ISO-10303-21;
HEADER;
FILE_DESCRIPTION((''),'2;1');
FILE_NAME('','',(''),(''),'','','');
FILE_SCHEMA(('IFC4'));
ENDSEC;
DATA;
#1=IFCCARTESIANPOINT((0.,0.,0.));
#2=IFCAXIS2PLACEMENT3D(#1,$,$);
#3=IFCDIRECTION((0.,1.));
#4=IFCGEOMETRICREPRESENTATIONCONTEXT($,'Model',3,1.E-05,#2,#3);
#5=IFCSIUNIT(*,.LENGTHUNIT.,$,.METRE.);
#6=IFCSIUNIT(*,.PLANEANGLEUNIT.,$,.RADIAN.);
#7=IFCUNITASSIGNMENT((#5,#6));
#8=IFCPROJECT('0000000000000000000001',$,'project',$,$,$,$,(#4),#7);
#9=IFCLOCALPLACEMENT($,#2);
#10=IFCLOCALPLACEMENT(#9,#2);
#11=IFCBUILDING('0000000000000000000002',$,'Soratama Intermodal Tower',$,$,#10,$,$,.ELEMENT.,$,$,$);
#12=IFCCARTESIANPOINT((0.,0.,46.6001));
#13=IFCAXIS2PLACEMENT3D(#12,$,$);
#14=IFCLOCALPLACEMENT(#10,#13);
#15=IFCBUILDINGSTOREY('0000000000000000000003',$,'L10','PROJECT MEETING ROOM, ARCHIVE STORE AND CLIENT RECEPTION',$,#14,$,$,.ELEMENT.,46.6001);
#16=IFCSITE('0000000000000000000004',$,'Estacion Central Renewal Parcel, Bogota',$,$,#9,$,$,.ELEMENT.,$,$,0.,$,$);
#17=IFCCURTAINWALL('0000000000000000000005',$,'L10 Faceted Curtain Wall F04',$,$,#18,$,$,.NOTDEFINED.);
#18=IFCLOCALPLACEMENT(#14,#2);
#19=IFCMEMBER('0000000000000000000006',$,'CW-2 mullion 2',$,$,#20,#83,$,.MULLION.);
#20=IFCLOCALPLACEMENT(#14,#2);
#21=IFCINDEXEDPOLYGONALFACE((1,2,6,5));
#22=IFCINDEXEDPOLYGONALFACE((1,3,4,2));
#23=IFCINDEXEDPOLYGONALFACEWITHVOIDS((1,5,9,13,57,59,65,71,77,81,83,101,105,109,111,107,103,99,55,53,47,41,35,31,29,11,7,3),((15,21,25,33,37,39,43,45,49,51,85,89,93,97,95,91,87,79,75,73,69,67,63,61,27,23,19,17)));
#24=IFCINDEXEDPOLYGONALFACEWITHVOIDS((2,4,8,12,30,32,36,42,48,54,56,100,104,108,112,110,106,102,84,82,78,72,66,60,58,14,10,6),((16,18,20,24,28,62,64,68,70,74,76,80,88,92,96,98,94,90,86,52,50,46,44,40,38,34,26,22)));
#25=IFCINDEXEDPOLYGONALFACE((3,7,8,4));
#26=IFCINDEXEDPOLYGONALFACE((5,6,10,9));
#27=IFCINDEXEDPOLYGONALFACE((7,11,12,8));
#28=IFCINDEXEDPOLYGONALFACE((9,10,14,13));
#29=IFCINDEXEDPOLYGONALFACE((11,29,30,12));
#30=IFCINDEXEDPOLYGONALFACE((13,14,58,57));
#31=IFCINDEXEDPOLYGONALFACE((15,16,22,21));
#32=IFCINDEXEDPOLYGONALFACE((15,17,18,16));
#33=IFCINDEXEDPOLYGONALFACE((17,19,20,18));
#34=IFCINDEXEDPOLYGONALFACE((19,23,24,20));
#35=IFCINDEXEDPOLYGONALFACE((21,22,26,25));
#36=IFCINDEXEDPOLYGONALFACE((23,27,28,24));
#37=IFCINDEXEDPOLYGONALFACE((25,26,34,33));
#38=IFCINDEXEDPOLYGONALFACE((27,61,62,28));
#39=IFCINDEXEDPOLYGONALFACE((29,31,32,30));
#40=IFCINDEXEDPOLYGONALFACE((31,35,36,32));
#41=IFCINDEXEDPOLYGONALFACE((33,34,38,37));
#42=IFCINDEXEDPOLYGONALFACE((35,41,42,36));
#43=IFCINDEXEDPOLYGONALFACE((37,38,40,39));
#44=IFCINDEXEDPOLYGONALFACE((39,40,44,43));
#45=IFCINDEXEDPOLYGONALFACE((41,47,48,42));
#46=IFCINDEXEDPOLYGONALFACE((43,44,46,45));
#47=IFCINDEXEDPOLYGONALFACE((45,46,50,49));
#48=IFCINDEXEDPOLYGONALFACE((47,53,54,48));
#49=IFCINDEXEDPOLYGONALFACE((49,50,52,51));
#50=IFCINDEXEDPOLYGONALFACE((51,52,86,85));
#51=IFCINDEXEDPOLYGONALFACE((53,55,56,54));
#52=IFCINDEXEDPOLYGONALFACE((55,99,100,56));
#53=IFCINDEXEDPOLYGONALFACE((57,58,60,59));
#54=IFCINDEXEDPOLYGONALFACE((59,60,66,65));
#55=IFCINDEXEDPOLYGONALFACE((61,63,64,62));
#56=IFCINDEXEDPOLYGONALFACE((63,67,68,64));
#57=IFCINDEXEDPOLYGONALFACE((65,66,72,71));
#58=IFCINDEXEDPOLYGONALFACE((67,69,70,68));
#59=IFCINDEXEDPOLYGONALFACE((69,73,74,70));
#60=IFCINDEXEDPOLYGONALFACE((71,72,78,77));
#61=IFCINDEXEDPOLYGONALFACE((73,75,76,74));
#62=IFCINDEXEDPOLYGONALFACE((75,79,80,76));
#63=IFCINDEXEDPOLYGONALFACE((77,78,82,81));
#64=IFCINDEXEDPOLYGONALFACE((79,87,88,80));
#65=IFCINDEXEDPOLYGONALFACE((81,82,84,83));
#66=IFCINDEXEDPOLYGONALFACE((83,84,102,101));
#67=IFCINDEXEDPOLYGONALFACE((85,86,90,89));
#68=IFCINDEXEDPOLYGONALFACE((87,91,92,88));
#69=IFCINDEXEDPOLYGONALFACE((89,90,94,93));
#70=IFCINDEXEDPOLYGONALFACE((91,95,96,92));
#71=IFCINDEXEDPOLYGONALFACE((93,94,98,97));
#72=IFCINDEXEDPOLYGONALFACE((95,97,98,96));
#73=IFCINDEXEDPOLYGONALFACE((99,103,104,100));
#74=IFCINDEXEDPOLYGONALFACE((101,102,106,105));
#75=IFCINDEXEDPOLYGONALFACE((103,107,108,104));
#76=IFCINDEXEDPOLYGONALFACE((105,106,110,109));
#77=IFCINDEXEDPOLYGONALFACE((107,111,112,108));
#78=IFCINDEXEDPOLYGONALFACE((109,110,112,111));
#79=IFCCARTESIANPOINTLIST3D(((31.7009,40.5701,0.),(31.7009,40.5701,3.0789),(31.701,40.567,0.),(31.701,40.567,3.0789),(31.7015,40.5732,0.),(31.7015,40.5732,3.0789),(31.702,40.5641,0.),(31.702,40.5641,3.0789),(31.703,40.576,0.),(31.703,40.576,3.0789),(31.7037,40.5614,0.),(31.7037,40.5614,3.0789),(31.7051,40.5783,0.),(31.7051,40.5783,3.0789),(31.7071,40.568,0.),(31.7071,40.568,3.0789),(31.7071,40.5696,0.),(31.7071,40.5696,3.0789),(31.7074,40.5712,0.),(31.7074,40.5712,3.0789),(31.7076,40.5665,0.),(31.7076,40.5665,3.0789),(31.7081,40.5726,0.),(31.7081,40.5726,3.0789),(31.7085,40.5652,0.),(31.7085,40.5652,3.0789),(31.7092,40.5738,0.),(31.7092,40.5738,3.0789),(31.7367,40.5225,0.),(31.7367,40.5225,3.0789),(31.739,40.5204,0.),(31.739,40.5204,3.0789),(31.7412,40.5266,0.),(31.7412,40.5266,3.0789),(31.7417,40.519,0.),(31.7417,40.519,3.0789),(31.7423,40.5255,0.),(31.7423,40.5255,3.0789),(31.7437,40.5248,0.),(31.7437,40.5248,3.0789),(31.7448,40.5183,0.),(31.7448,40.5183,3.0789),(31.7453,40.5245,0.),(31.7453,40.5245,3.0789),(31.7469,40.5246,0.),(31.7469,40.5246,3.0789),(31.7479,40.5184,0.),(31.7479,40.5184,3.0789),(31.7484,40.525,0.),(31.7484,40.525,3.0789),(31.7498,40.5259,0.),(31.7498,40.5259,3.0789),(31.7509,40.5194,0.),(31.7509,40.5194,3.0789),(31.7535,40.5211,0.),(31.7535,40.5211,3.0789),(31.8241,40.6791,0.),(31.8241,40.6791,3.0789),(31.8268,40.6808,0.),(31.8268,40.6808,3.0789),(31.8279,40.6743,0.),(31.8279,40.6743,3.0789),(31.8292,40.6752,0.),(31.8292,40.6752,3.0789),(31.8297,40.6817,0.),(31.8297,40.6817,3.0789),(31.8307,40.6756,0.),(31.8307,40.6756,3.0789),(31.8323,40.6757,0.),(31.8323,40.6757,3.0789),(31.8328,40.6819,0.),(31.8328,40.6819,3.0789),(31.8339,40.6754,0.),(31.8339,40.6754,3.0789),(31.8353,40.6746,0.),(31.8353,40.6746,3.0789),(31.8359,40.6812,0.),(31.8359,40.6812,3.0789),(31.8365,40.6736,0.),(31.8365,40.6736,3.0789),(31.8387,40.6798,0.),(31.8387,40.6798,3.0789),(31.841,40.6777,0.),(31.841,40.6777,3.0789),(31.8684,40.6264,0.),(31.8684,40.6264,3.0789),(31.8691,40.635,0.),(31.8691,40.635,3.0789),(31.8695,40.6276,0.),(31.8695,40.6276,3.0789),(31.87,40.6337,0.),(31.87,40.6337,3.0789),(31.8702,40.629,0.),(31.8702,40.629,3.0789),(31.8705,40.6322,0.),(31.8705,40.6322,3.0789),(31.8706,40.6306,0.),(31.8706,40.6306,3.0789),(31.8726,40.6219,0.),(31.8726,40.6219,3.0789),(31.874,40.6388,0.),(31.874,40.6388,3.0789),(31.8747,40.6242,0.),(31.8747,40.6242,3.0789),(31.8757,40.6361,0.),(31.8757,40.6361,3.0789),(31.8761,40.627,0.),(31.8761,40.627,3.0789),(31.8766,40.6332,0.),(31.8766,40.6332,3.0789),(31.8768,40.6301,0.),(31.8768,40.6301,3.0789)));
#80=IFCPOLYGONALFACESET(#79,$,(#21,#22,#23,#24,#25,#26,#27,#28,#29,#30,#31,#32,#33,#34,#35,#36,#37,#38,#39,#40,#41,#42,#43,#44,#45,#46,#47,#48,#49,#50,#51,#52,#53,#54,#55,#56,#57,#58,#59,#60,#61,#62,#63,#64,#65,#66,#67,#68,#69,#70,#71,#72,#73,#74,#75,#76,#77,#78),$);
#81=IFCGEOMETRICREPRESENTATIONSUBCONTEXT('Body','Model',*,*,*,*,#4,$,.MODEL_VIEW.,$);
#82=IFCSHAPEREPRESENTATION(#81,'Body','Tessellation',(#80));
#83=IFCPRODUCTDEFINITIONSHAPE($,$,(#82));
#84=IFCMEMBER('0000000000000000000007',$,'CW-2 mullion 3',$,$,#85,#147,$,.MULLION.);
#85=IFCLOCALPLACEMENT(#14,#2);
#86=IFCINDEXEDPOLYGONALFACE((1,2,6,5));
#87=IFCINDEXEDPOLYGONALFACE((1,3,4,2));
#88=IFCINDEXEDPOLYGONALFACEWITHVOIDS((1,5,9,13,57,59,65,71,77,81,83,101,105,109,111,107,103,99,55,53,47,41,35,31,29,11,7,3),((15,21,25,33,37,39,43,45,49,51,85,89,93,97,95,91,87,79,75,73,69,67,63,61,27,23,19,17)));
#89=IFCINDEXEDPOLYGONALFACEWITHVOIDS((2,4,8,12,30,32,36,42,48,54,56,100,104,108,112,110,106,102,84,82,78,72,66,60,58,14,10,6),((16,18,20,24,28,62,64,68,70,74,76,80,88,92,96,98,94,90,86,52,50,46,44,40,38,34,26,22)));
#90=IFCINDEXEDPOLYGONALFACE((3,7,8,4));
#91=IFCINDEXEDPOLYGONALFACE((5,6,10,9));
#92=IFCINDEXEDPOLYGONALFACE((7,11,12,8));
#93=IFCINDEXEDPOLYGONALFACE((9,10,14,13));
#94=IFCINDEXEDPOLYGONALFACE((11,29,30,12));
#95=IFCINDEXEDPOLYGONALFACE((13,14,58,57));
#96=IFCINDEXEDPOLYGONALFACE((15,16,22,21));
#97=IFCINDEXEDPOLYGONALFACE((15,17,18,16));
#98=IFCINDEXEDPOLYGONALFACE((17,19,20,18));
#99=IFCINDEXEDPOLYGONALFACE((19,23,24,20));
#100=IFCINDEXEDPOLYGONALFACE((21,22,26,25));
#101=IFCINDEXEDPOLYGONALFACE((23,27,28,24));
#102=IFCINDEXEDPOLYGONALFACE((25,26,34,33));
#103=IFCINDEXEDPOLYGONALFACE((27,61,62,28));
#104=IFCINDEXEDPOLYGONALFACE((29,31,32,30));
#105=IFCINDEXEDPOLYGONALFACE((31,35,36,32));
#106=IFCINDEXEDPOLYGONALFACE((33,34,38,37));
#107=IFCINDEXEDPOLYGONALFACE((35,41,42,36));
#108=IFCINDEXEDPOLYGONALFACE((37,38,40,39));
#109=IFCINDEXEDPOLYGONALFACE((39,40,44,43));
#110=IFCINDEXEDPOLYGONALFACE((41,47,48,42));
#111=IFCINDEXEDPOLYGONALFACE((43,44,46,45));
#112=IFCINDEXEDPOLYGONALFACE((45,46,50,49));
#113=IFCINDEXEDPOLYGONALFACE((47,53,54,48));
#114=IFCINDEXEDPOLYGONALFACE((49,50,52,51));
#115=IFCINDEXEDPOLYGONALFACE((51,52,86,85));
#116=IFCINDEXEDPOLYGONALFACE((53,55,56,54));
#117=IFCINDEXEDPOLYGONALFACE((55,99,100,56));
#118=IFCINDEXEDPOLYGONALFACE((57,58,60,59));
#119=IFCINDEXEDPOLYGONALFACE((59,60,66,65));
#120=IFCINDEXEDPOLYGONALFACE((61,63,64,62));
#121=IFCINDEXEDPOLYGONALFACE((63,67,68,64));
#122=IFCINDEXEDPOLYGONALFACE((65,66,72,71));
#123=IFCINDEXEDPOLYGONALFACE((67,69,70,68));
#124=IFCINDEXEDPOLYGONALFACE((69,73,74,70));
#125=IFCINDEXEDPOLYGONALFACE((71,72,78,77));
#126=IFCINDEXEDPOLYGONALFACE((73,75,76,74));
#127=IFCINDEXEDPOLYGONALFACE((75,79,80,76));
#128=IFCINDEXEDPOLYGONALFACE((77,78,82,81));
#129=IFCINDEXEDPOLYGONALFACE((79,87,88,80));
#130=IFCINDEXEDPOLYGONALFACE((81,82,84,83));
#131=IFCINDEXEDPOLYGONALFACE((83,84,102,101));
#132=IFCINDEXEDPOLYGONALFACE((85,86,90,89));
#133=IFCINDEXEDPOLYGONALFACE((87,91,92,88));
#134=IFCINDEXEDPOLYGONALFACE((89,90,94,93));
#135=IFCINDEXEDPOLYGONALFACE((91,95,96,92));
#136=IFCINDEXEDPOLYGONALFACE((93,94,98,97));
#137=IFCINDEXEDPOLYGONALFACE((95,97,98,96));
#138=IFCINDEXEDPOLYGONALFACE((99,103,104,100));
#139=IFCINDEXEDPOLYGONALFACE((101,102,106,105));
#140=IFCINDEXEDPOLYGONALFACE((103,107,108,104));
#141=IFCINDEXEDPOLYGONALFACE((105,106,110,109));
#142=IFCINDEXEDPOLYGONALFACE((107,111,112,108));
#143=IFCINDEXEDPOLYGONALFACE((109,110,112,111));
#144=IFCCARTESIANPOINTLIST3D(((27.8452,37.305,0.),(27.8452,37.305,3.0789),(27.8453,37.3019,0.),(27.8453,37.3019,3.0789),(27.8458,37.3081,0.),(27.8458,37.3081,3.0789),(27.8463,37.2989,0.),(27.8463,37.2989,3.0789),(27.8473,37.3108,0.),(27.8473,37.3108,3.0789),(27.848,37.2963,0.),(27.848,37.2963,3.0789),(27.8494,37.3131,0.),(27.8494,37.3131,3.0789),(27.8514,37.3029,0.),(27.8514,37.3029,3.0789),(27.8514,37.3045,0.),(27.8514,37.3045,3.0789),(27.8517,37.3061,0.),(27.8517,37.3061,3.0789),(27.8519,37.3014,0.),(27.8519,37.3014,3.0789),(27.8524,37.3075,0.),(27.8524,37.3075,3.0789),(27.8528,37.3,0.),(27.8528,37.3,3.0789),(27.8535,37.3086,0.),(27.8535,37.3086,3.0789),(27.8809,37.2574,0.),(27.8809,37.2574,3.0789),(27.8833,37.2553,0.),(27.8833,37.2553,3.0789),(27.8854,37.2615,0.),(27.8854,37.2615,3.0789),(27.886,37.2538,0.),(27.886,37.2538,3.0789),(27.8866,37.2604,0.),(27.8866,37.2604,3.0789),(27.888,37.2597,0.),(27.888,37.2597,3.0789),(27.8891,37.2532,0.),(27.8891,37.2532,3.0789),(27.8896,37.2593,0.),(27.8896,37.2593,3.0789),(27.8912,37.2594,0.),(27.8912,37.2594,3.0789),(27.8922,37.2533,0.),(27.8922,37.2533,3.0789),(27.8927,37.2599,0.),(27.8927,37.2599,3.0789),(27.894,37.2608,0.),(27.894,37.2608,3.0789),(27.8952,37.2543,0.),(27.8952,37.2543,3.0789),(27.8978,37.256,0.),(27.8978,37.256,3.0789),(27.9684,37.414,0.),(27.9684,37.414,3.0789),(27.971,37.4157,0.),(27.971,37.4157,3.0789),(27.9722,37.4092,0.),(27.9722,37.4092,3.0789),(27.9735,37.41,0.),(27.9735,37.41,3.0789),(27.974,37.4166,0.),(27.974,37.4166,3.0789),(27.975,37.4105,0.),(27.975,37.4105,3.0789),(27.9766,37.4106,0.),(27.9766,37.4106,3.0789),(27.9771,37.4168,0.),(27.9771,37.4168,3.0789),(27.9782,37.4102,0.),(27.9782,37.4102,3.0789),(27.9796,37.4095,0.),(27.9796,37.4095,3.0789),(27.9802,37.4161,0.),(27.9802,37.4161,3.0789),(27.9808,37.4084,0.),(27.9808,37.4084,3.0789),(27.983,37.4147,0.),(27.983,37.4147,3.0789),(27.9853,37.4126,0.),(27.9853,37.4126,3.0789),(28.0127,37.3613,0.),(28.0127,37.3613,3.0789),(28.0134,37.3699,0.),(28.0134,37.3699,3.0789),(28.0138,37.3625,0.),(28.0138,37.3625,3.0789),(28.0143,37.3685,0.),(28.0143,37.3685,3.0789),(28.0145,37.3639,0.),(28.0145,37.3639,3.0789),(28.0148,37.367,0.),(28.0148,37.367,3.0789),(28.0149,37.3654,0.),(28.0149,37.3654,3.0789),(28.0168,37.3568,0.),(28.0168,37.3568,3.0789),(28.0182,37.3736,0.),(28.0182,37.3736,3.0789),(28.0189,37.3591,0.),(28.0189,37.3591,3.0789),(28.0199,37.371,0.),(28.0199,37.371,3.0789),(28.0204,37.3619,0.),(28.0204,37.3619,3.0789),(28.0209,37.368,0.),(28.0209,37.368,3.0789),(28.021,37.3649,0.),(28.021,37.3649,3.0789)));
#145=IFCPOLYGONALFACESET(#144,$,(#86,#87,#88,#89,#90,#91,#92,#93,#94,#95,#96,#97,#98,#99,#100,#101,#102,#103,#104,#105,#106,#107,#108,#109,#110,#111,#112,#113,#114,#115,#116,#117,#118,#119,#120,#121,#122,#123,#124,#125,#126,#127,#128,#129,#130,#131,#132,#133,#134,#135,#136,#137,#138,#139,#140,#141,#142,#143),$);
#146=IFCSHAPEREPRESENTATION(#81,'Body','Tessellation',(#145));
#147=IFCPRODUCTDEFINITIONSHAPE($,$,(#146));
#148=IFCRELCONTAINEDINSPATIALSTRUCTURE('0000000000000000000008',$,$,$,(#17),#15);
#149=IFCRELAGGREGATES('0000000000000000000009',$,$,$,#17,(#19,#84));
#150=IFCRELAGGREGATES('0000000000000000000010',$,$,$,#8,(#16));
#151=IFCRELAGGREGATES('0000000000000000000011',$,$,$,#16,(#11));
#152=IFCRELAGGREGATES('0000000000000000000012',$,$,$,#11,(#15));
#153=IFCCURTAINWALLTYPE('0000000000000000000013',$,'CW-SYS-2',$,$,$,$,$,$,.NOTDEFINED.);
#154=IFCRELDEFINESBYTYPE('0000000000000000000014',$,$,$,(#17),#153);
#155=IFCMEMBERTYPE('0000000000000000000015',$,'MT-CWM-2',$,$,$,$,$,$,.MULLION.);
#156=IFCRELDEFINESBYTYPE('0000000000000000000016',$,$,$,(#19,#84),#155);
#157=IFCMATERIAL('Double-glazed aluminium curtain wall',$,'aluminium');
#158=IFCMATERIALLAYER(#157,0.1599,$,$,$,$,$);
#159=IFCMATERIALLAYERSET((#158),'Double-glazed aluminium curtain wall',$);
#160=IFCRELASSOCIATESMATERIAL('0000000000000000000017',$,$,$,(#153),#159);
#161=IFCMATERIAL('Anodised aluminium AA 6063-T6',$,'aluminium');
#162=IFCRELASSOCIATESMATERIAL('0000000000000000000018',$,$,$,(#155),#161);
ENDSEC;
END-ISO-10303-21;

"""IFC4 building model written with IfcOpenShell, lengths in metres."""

from ifc_helpers import new_model, si_unit, direction, frame, origin, origin_2d, place, context, subcontext, project, spatial, hollow_rectangle, extrude, material, layer, layer_set, material_profile, profile_set, type_object, element, aggregate, save


model = new_model("IFC4")

# Units and contexts
model_context = context("Model", 3, precision=1e-05, world=origin(), true_north=direction((0.0, 1.0)))
body_context = subcontext(model_context, "Body", "Model", "MODEL_VIEW")
ifc_project = project(units=[si_unit("LENGTHUNIT", "METRE"), si_unit("PLANEANGLEUNIT", "RADIAN")], contexts=[model_context])

# Site, building, storey
site_placement = place(None, origin())
site = spatial("IfcSite", under=ifc_project, at=site_placement, Name="Estacion Central Renewal Parcel, Bogota", CompositionType="ELEMENT", RefElevation=0.0)
building_placement = place(site_placement, origin())
building = spatial("IfcBuilding", under=site, at=building_placement, Name="Soratama Intermodal Tower", CompositionType="ELEMENT")
storey_placement = place(building_placement, frame((0.0, 0.0, 46.6001)))
storey = spatial("IfcBuildingStorey", under=building, at=storey_placement, Name="L10", Description="PROJECT MEETING ROOM, ARCHIVE STORE AND CLIENT RECEPTION", CompositionType="ELEMENT", Elevation=46.6001)

# Curtain wall, members
ifc_material_1 = material(Name="Double-glazed aluminium curtain wall", Category="aluminium")
ifc_layer_1 = layer(ifc_material_1, 0.1599)
ifc_layer_set_1 = layer_set([ifc_layer_1], Name="Double-glazed aluminium curtain wall")
curtain_wall_type = type_object("IfcCurtainWallType", Name="CW-SYS-2", PredefinedType="NOTDEFINED", material=ifc_layer_set_1)
curtain_wall_placement = place(storey_placement, origin())
curtain_wall = element("IfcCurtainWall", 1, at=curtain_wall_placement, inside=storey, type_object=curtain_wall_type, Name="L10 Faceted Curtain Wall F04", PredefinedType="NOTDEFINED")
ifc_material_2 = material(Name="Anodised aluminium AA 6063-T6", Category="aluminium")
ifc_material_profile_1 = material_profile(ifc_material_2, hollow_rectangle(XDim=0.075, YDim=0.1799, WallThickness=0.0061, InnerFilletRadius=0.0061, OuterFilletRadius=0.012, at=origin_2d()), Name="CWM180X75X6")
ifc_profile_set_1 = profile_set([ifc_material_profile_1], Name="Anodised aluminium AA 6063-T6")
member_type_1 = type_object("IfcMemberType", Name="MT-CWM-2", PredefinedType="MULLION", material=ifc_profile_set_1)
member_1_placement = place(storey_placement, frame((31.7888, 40.6001, 0.0), z_axis=(0.0, 0.0, 1.0), x_axis=(0.646259, -0.763118, 0.0)))
member_1 = element("IfcMember", 2, at=member_1_placement, type_object=member_type_1, Name="CW-2 mullion 2", PredefinedType="MULLION", context=body_context, shape_type="SweptSolid", body=[
    extrude(hollow_rectangle(XDim=0.075, YDim=0.1799, WallThickness=0.0061, InnerFilletRadius=0.0061, OuterFilletRadius=0.012, at=origin_2d()), origin(), (0.0, 0.0, 1.0), 3.0789),
])
member_2_placement = place(storey_placement, frame((27.9331, 37.335, 0.0), z_axis=(0.0, 0.0, 1.0), x_axis=(0.646259, -0.763118, 0.0)))
member_2 = element("IfcMember", 3, at=member_2_placement, type_object=member_type_1, Name="CW-2 mullion 3", PredefinedType="MULLION", context=body_context, shape_type="SweptSolid", body=[
    extrude(hollow_rectangle(XDim=0.075, YDim=0.1799, WallThickness=0.0061, InnerFilletRadius=0.0061, OuterFilletRadius=0.012, at=origin_2d()), origin(), (0.0, 0.0, 1.0), 3.0789),
])
aggregate(curtain_wall, [member_1, member_2])

save(model, "model.ifc")
